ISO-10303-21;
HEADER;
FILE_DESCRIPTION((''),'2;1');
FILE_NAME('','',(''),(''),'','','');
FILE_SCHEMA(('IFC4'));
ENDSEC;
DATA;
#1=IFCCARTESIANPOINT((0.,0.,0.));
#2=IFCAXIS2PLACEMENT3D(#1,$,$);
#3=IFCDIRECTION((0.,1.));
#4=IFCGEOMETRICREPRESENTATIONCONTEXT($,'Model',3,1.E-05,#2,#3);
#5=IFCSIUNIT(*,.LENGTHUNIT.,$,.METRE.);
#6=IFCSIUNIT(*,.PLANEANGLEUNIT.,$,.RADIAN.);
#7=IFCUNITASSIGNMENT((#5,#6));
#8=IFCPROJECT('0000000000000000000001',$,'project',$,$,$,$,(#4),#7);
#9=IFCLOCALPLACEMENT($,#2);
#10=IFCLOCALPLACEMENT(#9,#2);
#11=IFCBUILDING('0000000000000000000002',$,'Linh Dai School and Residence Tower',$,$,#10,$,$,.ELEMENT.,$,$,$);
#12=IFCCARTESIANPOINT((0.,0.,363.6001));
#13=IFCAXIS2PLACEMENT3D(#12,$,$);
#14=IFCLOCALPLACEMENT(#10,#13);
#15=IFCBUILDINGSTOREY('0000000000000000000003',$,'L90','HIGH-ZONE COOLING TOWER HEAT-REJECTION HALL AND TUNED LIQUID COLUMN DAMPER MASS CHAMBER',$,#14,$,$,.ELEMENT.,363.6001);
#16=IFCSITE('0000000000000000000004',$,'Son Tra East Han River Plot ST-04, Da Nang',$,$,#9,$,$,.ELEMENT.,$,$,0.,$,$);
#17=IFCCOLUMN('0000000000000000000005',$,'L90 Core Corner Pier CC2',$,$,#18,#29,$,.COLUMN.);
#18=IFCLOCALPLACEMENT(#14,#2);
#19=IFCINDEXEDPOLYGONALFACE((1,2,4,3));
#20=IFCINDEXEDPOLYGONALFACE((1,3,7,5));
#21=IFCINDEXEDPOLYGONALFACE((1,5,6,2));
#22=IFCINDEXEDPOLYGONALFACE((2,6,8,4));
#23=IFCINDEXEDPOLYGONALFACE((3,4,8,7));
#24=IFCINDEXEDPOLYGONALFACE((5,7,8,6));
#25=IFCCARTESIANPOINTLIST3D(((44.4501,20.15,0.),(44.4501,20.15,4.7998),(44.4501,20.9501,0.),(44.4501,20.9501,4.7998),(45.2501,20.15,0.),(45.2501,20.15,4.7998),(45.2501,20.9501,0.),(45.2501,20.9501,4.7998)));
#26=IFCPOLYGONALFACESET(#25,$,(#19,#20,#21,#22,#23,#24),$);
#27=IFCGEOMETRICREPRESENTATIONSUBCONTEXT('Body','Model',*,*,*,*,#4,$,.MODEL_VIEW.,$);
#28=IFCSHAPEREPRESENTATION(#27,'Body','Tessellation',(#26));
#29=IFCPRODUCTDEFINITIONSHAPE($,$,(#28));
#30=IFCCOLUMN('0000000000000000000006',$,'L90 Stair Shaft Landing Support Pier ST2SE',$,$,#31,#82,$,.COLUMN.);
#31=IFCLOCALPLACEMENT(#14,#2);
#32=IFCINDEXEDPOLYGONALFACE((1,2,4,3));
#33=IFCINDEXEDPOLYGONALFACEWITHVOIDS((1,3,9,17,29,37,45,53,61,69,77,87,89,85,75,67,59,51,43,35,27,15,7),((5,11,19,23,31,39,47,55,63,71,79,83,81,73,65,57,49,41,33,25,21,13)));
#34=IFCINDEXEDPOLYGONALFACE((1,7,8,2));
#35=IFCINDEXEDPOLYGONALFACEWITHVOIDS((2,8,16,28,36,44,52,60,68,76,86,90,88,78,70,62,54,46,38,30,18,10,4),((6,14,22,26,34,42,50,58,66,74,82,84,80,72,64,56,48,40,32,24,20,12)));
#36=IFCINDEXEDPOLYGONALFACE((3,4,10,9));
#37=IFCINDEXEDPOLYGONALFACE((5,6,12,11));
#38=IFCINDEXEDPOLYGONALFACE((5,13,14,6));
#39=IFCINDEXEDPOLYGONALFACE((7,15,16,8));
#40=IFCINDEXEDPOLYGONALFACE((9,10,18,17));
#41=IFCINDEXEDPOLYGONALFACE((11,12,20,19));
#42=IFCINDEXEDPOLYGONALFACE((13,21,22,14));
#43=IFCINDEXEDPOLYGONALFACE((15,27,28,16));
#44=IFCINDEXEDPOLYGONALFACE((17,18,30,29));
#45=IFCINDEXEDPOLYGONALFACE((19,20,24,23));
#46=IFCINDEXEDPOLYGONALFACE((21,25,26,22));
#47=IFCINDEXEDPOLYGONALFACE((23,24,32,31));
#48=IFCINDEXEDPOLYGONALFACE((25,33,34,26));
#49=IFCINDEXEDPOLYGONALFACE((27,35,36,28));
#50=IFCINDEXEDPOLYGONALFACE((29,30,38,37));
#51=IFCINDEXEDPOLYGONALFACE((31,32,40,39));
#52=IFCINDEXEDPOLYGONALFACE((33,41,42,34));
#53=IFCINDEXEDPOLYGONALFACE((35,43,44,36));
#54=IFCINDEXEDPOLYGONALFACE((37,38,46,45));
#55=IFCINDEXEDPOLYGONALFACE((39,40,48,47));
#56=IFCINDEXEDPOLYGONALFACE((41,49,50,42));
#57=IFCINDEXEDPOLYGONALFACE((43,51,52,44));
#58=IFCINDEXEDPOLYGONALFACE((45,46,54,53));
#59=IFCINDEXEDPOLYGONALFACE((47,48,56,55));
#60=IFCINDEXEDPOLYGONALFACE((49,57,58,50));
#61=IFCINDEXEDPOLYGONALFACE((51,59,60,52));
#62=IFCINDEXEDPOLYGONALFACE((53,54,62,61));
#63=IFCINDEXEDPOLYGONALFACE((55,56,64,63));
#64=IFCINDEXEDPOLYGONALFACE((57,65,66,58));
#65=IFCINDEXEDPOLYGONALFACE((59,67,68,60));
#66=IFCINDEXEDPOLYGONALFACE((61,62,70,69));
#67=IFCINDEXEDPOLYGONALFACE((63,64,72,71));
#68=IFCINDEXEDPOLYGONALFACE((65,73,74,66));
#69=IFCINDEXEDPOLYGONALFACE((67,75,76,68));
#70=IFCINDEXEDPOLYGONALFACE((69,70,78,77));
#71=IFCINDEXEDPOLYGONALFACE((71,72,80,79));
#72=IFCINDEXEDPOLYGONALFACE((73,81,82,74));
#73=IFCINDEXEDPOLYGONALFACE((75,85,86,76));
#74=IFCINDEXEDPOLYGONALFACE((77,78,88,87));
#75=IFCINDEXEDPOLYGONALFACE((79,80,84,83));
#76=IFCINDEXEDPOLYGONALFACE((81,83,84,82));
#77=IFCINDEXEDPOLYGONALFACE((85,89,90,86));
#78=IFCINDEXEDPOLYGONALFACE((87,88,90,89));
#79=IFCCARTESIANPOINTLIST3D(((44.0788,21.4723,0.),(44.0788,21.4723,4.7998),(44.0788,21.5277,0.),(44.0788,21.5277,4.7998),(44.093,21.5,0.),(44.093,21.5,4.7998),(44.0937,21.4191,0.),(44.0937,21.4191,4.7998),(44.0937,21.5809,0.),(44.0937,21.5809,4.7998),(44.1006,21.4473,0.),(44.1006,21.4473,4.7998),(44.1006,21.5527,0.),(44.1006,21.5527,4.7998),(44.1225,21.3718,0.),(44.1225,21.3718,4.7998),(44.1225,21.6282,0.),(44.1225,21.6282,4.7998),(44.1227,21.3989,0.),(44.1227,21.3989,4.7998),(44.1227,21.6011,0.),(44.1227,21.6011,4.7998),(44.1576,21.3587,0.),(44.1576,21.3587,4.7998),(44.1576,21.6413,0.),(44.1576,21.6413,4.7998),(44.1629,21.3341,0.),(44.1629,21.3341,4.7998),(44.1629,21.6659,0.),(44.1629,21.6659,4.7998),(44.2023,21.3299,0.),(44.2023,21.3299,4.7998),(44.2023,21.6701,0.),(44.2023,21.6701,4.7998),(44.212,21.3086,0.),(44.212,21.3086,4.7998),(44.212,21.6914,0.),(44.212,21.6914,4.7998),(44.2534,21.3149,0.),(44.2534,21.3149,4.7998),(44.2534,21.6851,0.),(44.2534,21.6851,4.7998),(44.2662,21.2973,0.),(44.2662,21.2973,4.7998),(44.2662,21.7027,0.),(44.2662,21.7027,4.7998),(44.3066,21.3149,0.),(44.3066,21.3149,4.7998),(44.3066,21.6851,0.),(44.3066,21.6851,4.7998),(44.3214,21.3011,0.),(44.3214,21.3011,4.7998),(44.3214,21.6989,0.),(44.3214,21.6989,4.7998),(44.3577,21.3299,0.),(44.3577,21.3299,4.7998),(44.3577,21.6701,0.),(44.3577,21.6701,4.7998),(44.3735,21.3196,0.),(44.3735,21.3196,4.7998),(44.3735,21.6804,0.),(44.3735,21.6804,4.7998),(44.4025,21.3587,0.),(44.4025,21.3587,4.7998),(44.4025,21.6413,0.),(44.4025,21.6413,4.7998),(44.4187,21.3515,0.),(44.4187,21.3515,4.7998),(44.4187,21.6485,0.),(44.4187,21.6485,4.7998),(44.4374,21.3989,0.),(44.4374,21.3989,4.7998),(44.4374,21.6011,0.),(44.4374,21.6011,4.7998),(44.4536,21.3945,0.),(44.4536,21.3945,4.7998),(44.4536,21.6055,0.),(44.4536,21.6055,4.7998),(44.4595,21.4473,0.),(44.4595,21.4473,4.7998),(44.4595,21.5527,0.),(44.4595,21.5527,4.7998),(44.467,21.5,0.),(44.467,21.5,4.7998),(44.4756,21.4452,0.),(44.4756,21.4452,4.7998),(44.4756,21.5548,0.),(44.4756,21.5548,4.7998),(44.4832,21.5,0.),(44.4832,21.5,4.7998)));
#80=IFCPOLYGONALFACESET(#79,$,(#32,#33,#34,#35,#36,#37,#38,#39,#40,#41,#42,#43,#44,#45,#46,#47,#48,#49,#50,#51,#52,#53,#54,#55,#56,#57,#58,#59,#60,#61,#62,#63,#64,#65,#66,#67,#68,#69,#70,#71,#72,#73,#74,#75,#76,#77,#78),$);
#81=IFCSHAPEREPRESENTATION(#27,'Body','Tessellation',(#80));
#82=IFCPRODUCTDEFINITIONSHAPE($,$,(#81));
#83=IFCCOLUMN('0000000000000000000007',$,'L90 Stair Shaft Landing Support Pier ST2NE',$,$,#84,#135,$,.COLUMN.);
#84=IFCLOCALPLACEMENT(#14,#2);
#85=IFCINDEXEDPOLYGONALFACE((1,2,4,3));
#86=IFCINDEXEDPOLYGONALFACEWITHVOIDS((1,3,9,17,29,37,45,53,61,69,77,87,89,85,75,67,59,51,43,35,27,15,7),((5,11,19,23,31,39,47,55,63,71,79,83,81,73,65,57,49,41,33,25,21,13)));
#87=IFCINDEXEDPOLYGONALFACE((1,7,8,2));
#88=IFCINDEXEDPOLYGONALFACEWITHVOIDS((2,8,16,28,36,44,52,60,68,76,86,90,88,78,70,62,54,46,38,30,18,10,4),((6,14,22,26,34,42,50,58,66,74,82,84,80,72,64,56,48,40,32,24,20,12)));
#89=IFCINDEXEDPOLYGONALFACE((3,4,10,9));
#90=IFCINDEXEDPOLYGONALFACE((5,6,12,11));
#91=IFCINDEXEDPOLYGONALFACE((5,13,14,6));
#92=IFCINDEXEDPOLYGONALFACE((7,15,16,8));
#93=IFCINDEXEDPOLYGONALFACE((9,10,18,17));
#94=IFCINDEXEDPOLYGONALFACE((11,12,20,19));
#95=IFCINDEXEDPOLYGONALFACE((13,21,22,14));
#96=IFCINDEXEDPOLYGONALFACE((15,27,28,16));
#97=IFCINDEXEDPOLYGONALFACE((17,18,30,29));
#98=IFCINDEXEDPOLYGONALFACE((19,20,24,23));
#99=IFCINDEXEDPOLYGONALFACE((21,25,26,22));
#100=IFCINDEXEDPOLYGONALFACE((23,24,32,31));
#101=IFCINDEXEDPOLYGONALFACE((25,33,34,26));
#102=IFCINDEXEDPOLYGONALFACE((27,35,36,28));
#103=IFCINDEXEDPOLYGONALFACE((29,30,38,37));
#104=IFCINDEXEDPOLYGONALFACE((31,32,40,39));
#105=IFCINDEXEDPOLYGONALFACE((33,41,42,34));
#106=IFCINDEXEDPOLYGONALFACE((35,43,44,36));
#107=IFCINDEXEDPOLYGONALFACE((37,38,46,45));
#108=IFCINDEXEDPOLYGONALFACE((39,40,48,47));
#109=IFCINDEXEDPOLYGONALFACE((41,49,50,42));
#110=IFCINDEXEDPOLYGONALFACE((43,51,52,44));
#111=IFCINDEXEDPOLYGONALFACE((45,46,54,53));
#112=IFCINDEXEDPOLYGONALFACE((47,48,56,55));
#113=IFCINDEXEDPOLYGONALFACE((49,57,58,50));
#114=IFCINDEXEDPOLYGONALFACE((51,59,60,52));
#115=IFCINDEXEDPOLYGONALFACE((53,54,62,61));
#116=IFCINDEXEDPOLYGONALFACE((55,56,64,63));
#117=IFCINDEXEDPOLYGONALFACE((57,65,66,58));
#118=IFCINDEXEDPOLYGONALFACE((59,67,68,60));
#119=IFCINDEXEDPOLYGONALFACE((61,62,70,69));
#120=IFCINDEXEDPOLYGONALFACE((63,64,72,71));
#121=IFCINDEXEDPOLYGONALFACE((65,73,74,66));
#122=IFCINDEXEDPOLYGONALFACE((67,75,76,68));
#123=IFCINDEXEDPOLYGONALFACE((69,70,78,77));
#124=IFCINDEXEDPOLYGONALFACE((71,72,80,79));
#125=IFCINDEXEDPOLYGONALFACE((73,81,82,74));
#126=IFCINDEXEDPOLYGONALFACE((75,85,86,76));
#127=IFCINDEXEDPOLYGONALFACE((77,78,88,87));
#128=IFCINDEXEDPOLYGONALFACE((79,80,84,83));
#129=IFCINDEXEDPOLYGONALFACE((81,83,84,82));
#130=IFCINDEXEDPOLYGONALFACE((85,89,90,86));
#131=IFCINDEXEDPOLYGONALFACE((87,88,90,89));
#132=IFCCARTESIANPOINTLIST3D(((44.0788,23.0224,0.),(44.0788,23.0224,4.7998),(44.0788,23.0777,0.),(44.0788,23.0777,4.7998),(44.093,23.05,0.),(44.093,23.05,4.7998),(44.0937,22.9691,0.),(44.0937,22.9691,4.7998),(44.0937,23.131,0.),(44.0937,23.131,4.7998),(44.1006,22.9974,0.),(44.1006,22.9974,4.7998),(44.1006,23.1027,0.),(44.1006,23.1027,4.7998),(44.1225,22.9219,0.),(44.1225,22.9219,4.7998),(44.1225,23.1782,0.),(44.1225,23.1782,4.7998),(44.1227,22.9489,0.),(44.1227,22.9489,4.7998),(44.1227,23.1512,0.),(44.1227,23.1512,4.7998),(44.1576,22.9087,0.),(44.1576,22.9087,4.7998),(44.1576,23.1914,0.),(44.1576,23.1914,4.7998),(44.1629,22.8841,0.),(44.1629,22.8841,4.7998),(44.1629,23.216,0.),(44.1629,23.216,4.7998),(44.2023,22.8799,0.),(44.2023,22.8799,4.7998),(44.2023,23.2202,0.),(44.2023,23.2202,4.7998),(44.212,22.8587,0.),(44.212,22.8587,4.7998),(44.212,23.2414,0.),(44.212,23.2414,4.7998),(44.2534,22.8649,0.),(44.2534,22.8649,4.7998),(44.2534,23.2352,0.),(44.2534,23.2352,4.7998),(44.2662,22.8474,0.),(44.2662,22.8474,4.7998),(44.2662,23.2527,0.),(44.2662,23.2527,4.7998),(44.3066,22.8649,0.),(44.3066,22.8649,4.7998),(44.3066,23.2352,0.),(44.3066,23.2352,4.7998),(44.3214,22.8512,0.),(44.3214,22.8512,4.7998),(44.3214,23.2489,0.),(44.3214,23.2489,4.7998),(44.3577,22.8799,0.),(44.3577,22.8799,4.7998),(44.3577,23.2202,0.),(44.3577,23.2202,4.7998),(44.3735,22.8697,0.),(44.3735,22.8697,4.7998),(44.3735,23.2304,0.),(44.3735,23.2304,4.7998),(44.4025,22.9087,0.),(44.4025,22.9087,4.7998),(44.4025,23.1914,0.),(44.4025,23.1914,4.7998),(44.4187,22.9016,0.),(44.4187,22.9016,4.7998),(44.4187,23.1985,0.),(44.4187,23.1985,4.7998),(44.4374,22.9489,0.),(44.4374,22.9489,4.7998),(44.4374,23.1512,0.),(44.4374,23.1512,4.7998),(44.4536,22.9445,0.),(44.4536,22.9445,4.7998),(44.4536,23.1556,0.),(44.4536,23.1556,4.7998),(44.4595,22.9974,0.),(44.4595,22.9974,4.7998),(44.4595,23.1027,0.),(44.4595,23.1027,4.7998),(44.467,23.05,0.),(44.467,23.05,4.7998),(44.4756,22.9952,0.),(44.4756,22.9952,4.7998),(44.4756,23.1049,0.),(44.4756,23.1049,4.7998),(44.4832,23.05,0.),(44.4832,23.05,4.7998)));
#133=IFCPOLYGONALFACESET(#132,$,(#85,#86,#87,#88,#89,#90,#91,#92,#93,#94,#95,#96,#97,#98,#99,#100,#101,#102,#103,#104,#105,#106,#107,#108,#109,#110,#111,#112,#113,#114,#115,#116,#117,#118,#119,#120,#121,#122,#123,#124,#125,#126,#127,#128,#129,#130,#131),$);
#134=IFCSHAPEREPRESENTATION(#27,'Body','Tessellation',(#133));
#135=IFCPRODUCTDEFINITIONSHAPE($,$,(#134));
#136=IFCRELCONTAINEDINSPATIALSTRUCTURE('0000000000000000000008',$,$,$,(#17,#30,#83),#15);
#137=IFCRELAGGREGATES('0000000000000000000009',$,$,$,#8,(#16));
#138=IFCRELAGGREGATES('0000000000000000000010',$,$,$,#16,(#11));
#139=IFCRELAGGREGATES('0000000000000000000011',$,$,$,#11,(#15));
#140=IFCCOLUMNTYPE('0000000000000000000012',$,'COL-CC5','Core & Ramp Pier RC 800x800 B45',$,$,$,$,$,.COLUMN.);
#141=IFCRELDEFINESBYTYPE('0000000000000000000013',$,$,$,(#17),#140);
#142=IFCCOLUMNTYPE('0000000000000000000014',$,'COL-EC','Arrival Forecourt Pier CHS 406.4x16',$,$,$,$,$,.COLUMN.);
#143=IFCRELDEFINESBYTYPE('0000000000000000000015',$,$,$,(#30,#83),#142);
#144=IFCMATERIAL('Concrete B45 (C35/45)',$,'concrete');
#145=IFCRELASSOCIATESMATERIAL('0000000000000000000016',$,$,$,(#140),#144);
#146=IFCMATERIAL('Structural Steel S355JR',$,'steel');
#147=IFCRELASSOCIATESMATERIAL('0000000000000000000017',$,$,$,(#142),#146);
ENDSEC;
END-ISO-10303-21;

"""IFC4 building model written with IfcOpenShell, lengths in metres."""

from ifc_helpers import new_model, si_unit, direction, frame, origin, origin_2d, place, context, subcontext, project, spatial, rectangle, hollow_circle, extrude, material, material_profile, profile_set, type_object, element, save


model = new_model("IFC4")

# Units and contexts
model_context = context("Model", 3, precision=1e-05, world=origin(), true_north=direction((0.0, 1.0)))
body_context = subcontext(model_context, "Body", "Model", "MODEL_VIEW")
ifc_project = project(units=[si_unit("LENGTHUNIT", "METRE"), si_unit("PLANEANGLEUNIT", "RADIAN")], contexts=[model_context])

# Site, building, storey
site_placement = place(None, origin())
site = spatial("IfcSite", under=ifc_project, at=site_placement, Name="Son Tra East Han River Plot ST-04, Da Nang", CompositionType="ELEMENT", RefElevation=0.0)
building_placement = place(site_placement, origin())
building = spatial("IfcBuilding", under=site, at=building_placement, Name="Linh Dai School and Residence Tower", CompositionType="ELEMENT")
storey_placement = place(building_placement, frame((0.0, 0.0, 363.6001)))
storey = spatial("IfcBuildingStorey", under=building, at=storey_placement, Name="L90", Description="HIGH-ZONE COOLING TOWER HEAT-REJECTION HALL AND TUNED LIQUID COLUMN DAMPER MASS CHAMBER", CompositionType="ELEMENT", Elevation=363.6001)

# Columns
ifc_material_1 = material(Name="Concrete B45 (C35/45)", Category="concrete")
ifc_material_profile_1 = material_profile(ifc_material_1, rectangle(XDim=0.8, YDim=0.8, at=origin_2d()), Name="RC 800x800")
ifc_profile_set_1 = profile_set([ifc_material_profile_1], Name="Concrete B45 (C35/45)")
column_type_1 = type_object("IfcColumnType", Name="COL-CC5", Description="Core & Ramp Pier RC 800x800 B45", PredefinedType="COLUMN", material=ifc_profile_set_1)
column_placement = place(storey_placement, frame((44.8501, 20.55, 0.0), z_axis=(0.0, 0.0, 1.0), x_axis=(1.0, 0.0, 0.0)))
element("IfcColumn", 1, at=column_placement, inside=storey, type_object=column_type_1, Name="L90 Core Corner Pier CC2", PredefinedType="COLUMN", context=body_context, shape_type="SweptSolid", body=[
    extrude(rectangle(XDim=0.8, YDim=0.8, at=origin_2d()), origin(), (0.0, 0.0, 1.0), 4.7998),
])
ifc_material_2 = material(Name="Structural Steel S355JR", Category="steel")
ifc_material_profile_2 = material_profile(ifc_material_2, hollow_circle(Radius=0.2031, WallThickness=0.0161, at=origin_2d()), Name="CHS 406.4x16")
ifc_profile_set_2 = profile_set([ifc_material_profile_2], Name="Structural Steel S355JR")
column_type_2 = type_object("IfcColumnType", Name="COL-EC", Description="Arrival Forecourt Pier CHS 406.4x16", PredefinedType="COLUMN", material=ifc_profile_set_2)
for number, where, z_axis, x_axis, name in (
    (2, (44.28, 21.5, 0.0), (0.0, 0.0, 1.0), (1.0, 0.0, 0.0), "L90 Stair Shaft Landing Support Pier ST2SE"),
    (3, (44.28, 23.05, 0.0), (0.0, 0.0, 1.0), (1.0, 0.0, 0.0), "L90 Stair Shaft Landing Support Pier ST2NE"),
):
    element("IfcColumn", number, at=place(storey_placement, frame(where, z_axis=z_axis, x_axis=x_axis)), inside=storey, type_object=column_type_2, Name=name, PredefinedType="COLUMN", context=body_context, shape_type="SweptSolid", body=[
        extrude(hollow_circle(Radius=0.2031, WallThickness=0.0161, at=origin_2d()), origin(), (0.0, 0.0, 1.0), 4.7998),
    ])

save(model, "model.ifc")
